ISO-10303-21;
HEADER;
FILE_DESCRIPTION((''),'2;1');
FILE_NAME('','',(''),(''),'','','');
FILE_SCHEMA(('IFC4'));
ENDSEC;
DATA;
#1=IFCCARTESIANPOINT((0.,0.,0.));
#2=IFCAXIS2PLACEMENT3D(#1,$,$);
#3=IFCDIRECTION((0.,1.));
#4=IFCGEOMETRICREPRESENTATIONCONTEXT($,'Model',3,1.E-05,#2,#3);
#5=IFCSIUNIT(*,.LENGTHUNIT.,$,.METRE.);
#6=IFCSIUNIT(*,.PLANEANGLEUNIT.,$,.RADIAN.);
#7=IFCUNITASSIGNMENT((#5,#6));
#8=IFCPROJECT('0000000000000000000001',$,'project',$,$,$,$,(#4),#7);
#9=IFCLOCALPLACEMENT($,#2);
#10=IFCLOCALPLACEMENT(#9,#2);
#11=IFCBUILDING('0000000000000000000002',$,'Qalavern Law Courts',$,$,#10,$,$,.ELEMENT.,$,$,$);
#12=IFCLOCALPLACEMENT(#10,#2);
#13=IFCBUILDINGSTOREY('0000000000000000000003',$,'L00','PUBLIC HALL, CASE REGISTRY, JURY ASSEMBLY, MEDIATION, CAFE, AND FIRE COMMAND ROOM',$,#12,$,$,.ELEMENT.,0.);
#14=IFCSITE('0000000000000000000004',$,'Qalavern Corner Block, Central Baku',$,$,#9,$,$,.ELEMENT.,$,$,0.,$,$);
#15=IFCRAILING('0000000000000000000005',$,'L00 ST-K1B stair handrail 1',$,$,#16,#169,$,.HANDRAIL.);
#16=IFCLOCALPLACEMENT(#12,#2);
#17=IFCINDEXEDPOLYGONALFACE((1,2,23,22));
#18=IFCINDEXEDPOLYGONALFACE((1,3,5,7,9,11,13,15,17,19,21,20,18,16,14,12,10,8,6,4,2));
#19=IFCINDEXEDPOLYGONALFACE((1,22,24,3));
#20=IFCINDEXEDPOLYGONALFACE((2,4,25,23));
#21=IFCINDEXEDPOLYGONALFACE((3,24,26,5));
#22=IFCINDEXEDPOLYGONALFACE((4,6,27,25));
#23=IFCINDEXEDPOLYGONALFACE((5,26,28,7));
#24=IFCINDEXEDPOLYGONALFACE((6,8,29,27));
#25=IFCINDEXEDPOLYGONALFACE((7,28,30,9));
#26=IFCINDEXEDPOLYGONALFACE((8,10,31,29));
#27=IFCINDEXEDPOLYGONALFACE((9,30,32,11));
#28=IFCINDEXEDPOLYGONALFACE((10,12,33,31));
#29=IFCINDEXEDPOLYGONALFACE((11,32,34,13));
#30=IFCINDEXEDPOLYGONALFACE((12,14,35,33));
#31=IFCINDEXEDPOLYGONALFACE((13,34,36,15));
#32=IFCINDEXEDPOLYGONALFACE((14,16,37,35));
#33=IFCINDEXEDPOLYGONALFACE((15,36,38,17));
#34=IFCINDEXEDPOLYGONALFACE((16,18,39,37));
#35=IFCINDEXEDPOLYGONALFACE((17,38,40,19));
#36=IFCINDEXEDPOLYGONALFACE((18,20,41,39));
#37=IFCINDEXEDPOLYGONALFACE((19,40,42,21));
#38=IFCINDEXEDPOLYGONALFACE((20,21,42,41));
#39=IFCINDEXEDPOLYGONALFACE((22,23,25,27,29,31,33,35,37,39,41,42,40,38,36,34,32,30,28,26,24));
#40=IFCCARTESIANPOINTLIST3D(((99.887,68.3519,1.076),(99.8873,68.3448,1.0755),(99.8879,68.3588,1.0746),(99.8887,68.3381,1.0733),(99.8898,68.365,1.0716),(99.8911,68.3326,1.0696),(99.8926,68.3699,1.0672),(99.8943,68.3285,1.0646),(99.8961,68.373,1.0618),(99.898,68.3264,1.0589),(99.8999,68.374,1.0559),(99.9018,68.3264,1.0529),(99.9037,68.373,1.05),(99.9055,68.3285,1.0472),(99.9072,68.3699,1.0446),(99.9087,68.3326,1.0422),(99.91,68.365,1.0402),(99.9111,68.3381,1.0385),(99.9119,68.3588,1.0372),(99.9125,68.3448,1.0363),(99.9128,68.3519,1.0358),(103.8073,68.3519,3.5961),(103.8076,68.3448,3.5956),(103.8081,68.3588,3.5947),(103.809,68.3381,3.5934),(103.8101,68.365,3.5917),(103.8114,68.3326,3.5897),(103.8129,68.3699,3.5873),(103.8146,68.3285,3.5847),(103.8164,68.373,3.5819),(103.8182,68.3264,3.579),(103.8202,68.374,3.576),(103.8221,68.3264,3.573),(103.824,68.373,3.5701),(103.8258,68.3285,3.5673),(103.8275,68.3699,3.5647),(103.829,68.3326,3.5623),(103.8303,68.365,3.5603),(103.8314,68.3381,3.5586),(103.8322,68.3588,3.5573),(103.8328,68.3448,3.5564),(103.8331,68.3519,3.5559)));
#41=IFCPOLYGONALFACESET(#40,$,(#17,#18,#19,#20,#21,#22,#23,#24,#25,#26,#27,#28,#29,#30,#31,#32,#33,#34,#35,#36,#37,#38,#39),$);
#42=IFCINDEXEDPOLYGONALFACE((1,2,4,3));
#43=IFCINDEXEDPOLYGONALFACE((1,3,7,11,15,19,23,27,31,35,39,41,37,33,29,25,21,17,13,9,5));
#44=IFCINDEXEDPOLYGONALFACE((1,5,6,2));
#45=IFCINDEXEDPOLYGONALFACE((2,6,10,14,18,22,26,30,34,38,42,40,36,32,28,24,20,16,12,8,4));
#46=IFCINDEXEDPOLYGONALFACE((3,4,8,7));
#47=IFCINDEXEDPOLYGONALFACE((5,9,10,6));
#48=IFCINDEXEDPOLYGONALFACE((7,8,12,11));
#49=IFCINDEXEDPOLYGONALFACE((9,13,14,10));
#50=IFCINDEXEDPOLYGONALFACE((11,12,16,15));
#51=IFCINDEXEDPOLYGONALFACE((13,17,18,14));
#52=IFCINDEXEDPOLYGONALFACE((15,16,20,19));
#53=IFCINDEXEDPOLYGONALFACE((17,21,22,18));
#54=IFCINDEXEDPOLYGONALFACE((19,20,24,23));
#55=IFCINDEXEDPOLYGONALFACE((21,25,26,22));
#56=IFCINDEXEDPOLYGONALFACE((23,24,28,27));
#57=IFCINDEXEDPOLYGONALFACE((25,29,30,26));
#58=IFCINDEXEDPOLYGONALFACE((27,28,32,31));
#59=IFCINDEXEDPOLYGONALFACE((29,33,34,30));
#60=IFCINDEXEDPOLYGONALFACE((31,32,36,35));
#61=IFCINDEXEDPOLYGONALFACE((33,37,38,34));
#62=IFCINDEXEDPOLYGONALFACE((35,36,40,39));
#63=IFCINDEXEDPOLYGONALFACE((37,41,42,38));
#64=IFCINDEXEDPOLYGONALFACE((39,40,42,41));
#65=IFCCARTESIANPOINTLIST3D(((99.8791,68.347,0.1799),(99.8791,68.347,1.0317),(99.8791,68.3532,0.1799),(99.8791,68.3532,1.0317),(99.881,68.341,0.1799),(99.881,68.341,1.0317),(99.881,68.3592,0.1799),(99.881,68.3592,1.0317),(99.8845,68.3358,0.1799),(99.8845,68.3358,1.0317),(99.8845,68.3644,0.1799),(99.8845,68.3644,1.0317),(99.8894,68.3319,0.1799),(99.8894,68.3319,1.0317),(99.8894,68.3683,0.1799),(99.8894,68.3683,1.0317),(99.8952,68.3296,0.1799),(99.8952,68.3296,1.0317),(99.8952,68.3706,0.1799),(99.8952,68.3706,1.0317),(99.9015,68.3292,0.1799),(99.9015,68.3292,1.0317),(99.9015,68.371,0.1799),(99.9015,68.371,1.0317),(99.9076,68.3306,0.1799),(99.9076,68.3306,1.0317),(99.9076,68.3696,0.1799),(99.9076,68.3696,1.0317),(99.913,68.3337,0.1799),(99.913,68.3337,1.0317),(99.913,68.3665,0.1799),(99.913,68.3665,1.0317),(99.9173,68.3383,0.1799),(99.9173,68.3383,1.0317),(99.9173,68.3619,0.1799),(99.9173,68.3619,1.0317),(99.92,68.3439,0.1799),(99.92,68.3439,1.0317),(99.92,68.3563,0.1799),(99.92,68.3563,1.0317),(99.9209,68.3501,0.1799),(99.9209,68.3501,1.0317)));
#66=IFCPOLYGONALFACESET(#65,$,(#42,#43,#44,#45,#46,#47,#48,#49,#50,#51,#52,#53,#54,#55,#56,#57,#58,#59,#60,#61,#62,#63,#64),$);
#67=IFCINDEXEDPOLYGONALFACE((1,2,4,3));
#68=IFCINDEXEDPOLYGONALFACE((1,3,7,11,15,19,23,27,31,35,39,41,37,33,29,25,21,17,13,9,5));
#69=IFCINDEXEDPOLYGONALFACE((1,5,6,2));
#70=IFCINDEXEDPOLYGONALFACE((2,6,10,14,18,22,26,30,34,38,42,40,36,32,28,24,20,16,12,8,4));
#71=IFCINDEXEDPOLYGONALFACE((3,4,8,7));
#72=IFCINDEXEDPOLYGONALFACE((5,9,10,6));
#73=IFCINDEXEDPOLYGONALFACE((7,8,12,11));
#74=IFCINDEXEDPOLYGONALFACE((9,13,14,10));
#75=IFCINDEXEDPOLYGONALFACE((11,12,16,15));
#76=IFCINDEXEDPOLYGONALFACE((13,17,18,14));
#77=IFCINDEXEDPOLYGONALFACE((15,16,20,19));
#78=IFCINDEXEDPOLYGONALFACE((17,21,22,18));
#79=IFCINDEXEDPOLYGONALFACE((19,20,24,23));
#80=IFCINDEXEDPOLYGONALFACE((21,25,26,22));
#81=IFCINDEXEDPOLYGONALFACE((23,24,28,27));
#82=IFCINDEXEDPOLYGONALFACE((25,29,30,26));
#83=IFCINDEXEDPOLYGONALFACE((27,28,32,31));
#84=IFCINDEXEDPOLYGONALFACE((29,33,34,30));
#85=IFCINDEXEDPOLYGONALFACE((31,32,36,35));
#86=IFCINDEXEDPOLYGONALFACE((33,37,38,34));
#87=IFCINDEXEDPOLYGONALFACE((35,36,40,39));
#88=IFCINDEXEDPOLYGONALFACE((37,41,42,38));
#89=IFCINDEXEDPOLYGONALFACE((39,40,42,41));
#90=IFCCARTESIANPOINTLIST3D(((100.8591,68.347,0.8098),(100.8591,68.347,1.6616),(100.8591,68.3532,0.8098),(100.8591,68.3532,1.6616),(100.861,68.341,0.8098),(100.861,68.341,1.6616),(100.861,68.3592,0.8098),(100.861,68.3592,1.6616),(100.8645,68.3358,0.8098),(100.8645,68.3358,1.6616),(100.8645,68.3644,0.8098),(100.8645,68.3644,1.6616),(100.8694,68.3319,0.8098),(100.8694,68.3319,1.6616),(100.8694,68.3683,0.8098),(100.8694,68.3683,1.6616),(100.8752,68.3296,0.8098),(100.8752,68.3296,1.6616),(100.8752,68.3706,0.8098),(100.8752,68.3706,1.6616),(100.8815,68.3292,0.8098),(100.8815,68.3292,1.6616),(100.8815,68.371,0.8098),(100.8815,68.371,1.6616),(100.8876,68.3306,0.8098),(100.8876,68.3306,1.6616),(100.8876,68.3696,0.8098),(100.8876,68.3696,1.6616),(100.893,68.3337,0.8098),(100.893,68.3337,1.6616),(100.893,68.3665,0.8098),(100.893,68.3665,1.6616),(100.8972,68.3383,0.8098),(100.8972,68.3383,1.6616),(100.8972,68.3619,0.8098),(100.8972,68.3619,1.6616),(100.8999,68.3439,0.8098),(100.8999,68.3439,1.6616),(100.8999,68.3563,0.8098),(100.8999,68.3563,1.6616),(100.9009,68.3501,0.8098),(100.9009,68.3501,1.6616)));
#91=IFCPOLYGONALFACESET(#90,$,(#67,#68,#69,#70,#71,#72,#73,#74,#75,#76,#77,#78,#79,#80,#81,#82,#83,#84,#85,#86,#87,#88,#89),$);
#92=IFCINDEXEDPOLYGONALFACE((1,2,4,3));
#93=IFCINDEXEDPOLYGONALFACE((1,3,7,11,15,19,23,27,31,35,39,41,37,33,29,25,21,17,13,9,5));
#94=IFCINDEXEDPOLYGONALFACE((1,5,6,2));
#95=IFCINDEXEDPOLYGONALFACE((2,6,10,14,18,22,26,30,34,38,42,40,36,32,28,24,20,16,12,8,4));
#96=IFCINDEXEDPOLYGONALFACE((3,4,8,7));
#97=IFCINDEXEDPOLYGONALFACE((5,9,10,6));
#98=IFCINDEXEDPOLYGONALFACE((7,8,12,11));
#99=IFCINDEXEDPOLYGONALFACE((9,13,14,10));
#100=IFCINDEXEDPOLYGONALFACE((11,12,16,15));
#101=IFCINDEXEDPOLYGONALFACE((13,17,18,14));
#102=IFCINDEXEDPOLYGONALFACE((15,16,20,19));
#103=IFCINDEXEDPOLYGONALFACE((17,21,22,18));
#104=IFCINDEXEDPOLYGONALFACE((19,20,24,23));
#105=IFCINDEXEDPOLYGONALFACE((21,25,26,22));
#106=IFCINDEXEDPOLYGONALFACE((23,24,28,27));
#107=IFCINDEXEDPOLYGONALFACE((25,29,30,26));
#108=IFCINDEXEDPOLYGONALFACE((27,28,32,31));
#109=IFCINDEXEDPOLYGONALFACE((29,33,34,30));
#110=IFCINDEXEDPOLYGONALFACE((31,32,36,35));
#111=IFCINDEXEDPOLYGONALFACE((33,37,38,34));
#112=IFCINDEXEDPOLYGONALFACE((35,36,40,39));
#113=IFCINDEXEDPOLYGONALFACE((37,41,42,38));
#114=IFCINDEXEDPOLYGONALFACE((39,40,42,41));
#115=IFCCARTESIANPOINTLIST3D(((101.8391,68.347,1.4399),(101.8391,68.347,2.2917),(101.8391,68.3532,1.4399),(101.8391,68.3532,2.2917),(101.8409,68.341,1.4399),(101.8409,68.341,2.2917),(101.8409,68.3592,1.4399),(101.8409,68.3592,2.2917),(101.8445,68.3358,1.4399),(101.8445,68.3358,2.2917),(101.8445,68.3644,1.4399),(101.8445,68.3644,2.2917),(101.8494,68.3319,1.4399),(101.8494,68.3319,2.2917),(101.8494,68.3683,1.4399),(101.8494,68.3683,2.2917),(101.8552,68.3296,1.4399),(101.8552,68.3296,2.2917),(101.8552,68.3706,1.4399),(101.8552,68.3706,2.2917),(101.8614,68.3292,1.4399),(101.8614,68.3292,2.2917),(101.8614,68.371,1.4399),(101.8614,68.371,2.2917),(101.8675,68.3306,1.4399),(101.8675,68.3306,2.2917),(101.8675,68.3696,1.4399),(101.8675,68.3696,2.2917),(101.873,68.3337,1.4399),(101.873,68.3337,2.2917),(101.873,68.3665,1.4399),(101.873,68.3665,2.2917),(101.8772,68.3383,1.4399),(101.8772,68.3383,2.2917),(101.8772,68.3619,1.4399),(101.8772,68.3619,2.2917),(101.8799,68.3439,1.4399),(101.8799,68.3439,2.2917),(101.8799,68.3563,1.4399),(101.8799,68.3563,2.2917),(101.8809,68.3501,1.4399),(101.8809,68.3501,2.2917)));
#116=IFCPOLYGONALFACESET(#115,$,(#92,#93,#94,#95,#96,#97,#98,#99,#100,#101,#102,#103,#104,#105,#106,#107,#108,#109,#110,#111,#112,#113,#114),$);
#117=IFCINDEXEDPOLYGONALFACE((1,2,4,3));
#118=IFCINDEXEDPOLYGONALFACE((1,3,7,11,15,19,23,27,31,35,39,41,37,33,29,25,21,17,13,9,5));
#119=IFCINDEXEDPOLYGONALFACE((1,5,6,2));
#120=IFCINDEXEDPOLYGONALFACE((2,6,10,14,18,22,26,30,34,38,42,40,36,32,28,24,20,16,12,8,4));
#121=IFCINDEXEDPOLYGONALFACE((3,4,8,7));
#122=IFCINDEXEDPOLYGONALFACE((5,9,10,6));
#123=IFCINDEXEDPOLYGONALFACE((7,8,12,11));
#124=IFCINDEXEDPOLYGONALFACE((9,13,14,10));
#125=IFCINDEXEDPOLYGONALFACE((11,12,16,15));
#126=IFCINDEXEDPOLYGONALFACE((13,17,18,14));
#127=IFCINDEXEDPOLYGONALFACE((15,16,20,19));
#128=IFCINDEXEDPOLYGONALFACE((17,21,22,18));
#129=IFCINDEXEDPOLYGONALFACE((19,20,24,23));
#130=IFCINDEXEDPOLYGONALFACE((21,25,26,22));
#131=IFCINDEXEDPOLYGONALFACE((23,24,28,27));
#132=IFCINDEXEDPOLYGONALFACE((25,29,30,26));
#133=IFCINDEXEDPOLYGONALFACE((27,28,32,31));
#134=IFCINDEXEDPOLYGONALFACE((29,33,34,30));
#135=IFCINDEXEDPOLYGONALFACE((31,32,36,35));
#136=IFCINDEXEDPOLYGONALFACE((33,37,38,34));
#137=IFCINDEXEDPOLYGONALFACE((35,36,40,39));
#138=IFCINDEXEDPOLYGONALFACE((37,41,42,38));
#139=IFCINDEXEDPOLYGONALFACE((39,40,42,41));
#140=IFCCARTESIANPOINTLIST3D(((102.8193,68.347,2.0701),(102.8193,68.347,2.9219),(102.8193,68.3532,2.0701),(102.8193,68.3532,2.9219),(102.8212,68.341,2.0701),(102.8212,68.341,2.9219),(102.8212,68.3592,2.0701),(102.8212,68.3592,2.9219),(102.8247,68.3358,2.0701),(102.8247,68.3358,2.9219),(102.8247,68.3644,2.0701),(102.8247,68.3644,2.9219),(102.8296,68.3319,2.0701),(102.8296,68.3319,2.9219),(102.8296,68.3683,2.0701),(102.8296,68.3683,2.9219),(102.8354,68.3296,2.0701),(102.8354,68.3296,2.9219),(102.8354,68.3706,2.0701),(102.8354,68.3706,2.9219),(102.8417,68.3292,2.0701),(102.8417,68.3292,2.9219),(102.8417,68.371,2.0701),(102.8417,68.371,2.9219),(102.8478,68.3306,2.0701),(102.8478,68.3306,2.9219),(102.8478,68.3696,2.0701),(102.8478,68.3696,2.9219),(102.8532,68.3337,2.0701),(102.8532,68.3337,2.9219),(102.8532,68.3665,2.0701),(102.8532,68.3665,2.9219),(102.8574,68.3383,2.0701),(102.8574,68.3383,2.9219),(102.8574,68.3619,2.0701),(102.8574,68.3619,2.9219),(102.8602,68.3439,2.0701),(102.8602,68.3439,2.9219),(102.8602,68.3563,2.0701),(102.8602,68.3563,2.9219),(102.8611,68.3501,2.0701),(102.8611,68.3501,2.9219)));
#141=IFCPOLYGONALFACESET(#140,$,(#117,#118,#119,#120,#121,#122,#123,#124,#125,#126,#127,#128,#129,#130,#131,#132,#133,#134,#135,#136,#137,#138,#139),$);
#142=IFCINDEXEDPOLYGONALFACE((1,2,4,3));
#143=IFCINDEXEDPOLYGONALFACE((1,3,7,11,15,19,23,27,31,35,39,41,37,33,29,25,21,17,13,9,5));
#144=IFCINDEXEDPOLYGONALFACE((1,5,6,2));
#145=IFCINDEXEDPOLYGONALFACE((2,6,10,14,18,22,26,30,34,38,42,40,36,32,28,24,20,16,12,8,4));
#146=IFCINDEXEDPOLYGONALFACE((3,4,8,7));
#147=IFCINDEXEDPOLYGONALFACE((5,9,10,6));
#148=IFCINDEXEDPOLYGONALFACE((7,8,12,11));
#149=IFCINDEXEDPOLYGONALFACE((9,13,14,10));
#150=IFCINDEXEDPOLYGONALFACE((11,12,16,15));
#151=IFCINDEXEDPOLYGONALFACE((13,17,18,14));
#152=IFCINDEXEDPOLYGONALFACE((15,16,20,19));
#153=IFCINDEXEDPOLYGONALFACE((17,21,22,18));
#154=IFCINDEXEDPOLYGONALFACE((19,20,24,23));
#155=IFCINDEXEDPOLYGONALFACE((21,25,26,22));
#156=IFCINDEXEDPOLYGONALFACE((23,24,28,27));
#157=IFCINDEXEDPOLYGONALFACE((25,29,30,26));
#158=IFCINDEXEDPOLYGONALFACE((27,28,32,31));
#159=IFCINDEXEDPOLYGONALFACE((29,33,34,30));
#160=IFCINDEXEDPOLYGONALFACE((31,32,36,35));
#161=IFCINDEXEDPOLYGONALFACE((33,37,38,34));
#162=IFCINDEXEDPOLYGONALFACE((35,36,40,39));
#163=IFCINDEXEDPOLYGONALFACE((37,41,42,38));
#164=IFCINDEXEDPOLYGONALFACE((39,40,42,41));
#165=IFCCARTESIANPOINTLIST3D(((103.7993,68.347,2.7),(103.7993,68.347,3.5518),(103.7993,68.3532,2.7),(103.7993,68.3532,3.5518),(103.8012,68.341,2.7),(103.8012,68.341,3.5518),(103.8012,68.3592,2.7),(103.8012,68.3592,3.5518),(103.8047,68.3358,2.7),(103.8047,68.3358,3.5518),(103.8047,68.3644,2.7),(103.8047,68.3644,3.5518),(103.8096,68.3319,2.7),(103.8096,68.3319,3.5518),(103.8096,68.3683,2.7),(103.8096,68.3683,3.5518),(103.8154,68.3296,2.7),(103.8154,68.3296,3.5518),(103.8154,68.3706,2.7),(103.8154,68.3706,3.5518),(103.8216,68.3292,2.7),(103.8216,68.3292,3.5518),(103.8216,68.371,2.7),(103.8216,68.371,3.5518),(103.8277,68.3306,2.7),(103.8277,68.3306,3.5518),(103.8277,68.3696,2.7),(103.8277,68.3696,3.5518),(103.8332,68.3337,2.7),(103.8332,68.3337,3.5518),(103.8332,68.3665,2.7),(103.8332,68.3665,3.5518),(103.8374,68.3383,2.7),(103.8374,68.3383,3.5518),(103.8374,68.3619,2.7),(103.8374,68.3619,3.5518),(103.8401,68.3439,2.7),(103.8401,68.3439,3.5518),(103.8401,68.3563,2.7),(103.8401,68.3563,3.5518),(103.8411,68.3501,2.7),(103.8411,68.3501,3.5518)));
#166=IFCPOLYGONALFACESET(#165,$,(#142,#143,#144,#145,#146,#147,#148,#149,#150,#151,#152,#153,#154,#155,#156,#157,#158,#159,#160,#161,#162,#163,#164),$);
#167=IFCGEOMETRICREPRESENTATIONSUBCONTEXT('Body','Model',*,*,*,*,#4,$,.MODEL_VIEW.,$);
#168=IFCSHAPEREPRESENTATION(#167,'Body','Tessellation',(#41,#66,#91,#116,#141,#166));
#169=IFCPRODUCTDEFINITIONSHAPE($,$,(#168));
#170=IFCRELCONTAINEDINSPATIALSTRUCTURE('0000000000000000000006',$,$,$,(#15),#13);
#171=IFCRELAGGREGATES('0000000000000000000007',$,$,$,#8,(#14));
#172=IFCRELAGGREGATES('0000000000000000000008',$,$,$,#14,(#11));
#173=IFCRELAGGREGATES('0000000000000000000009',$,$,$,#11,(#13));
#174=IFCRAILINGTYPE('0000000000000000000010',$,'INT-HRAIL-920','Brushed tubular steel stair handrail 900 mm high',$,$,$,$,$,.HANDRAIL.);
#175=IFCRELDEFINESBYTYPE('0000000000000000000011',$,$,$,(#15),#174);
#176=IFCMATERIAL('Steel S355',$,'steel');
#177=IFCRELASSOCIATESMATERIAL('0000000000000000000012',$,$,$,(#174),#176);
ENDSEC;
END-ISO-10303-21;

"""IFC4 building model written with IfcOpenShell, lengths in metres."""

from ifc_helpers import new_model, si_unit, direction, frame, origin, origin_2d, place, context, subcontext, project, spatial, circle, extrude, material, type_object, element, save


model = new_model("IFC4")

# Units and contexts
model_context = context("Model", 3, precision=1e-05, world=origin(), true_north=direction((0.0, 1.0)))
body_context = subcontext(model_context, "Body", "Model", "MODEL_VIEW")
ifc_project = project(units=[si_unit("LENGTHUNIT", "METRE"), si_unit("PLANEANGLEUNIT", "RADIAN")], contexts=[model_context])

# Site, building, storey
site_placement = place(None, origin())
site = spatial("IfcSite", under=ifc_project, at=site_placement, Name="Qalavern Corner Block, Central Baku", CompositionType="ELEMENT", RefElevation=0.0)
building_placement = place(site_placement, origin())
building = spatial("IfcBuilding", under=site, at=building_placement, Name="Qalavern Law Courts", CompositionType="ELEMENT")
storey_placement = place(building_placement, origin())
storey = spatial("IfcBuildingStorey", under=building, at=storey_placement, Name="L00", Description="PUBLIC HALL, CASE REGISTRY, JURY ASSEMBLY, MEDIATION, CAFE, AND FIRE COMMAND ROOM", CompositionType="ELEMENT", Elevation=0.0)

# Shared definitions
ifc_material_1 = material(Name="Steel S355", Category="steel")

# Railing
railing_type_1 = type_object("IfcRailingType", Name="INT-HRAIL-920", Description="Brushed tubular steel stair handrail 900 mm high", PredefinedType="HANDRAIL", material=ifc_material_1)
railing_1_placement = place(storey_placement, frame((99.8999, 68.3501, 0.1799)))
element("IfcRailing", 1, at=railing_1_placement, inside=storey, type_object=railing_type_1, Name="L00 ST-K1B stair handrail 1", PredefinedType="HANDRAIL", context=body_context, shape_type="SweptSolid", body=[
    extrude(circle(Radius=0.0239, at=origin_2d()), frame((0.0, 0.0, 0.876), z_axis=(0.841187, 0.0, 0.540744), x_axis=(0.0, 1.0, 0.0)), (0.0, 0.0, 1.0), 4.6604),
    extrude(circle(Radius=0.021, at=origin_2d()), origin(), (0.0, 0.0, 1.0), 0.8518),
    extrude(circle(Radius=0.021, at=origin_2d()), frame((0.98, 0.0, 0.6299)), (0.0, 0.0, 1.0), 0.8518),
    extrude(circle(Radius=0.021, at=origin_2d()), frame((1.96, 0.0, 1.26)), (0.0, 0.0, 1.0), 0.8518),
    extrude(circle(Radius=0.021, at=origin_2d()), frame((2.9402, 0.0, 1.8901)), (0.0, 0.0, 1.0), 0.8518),
    extrude(circle(Radius=0.021, at=origin_2d()), frame((3.9202, 0.0, 2.52)), (0.0, 0.0, 1.0), 0.8518),
])

save(model, "model.ifc")
